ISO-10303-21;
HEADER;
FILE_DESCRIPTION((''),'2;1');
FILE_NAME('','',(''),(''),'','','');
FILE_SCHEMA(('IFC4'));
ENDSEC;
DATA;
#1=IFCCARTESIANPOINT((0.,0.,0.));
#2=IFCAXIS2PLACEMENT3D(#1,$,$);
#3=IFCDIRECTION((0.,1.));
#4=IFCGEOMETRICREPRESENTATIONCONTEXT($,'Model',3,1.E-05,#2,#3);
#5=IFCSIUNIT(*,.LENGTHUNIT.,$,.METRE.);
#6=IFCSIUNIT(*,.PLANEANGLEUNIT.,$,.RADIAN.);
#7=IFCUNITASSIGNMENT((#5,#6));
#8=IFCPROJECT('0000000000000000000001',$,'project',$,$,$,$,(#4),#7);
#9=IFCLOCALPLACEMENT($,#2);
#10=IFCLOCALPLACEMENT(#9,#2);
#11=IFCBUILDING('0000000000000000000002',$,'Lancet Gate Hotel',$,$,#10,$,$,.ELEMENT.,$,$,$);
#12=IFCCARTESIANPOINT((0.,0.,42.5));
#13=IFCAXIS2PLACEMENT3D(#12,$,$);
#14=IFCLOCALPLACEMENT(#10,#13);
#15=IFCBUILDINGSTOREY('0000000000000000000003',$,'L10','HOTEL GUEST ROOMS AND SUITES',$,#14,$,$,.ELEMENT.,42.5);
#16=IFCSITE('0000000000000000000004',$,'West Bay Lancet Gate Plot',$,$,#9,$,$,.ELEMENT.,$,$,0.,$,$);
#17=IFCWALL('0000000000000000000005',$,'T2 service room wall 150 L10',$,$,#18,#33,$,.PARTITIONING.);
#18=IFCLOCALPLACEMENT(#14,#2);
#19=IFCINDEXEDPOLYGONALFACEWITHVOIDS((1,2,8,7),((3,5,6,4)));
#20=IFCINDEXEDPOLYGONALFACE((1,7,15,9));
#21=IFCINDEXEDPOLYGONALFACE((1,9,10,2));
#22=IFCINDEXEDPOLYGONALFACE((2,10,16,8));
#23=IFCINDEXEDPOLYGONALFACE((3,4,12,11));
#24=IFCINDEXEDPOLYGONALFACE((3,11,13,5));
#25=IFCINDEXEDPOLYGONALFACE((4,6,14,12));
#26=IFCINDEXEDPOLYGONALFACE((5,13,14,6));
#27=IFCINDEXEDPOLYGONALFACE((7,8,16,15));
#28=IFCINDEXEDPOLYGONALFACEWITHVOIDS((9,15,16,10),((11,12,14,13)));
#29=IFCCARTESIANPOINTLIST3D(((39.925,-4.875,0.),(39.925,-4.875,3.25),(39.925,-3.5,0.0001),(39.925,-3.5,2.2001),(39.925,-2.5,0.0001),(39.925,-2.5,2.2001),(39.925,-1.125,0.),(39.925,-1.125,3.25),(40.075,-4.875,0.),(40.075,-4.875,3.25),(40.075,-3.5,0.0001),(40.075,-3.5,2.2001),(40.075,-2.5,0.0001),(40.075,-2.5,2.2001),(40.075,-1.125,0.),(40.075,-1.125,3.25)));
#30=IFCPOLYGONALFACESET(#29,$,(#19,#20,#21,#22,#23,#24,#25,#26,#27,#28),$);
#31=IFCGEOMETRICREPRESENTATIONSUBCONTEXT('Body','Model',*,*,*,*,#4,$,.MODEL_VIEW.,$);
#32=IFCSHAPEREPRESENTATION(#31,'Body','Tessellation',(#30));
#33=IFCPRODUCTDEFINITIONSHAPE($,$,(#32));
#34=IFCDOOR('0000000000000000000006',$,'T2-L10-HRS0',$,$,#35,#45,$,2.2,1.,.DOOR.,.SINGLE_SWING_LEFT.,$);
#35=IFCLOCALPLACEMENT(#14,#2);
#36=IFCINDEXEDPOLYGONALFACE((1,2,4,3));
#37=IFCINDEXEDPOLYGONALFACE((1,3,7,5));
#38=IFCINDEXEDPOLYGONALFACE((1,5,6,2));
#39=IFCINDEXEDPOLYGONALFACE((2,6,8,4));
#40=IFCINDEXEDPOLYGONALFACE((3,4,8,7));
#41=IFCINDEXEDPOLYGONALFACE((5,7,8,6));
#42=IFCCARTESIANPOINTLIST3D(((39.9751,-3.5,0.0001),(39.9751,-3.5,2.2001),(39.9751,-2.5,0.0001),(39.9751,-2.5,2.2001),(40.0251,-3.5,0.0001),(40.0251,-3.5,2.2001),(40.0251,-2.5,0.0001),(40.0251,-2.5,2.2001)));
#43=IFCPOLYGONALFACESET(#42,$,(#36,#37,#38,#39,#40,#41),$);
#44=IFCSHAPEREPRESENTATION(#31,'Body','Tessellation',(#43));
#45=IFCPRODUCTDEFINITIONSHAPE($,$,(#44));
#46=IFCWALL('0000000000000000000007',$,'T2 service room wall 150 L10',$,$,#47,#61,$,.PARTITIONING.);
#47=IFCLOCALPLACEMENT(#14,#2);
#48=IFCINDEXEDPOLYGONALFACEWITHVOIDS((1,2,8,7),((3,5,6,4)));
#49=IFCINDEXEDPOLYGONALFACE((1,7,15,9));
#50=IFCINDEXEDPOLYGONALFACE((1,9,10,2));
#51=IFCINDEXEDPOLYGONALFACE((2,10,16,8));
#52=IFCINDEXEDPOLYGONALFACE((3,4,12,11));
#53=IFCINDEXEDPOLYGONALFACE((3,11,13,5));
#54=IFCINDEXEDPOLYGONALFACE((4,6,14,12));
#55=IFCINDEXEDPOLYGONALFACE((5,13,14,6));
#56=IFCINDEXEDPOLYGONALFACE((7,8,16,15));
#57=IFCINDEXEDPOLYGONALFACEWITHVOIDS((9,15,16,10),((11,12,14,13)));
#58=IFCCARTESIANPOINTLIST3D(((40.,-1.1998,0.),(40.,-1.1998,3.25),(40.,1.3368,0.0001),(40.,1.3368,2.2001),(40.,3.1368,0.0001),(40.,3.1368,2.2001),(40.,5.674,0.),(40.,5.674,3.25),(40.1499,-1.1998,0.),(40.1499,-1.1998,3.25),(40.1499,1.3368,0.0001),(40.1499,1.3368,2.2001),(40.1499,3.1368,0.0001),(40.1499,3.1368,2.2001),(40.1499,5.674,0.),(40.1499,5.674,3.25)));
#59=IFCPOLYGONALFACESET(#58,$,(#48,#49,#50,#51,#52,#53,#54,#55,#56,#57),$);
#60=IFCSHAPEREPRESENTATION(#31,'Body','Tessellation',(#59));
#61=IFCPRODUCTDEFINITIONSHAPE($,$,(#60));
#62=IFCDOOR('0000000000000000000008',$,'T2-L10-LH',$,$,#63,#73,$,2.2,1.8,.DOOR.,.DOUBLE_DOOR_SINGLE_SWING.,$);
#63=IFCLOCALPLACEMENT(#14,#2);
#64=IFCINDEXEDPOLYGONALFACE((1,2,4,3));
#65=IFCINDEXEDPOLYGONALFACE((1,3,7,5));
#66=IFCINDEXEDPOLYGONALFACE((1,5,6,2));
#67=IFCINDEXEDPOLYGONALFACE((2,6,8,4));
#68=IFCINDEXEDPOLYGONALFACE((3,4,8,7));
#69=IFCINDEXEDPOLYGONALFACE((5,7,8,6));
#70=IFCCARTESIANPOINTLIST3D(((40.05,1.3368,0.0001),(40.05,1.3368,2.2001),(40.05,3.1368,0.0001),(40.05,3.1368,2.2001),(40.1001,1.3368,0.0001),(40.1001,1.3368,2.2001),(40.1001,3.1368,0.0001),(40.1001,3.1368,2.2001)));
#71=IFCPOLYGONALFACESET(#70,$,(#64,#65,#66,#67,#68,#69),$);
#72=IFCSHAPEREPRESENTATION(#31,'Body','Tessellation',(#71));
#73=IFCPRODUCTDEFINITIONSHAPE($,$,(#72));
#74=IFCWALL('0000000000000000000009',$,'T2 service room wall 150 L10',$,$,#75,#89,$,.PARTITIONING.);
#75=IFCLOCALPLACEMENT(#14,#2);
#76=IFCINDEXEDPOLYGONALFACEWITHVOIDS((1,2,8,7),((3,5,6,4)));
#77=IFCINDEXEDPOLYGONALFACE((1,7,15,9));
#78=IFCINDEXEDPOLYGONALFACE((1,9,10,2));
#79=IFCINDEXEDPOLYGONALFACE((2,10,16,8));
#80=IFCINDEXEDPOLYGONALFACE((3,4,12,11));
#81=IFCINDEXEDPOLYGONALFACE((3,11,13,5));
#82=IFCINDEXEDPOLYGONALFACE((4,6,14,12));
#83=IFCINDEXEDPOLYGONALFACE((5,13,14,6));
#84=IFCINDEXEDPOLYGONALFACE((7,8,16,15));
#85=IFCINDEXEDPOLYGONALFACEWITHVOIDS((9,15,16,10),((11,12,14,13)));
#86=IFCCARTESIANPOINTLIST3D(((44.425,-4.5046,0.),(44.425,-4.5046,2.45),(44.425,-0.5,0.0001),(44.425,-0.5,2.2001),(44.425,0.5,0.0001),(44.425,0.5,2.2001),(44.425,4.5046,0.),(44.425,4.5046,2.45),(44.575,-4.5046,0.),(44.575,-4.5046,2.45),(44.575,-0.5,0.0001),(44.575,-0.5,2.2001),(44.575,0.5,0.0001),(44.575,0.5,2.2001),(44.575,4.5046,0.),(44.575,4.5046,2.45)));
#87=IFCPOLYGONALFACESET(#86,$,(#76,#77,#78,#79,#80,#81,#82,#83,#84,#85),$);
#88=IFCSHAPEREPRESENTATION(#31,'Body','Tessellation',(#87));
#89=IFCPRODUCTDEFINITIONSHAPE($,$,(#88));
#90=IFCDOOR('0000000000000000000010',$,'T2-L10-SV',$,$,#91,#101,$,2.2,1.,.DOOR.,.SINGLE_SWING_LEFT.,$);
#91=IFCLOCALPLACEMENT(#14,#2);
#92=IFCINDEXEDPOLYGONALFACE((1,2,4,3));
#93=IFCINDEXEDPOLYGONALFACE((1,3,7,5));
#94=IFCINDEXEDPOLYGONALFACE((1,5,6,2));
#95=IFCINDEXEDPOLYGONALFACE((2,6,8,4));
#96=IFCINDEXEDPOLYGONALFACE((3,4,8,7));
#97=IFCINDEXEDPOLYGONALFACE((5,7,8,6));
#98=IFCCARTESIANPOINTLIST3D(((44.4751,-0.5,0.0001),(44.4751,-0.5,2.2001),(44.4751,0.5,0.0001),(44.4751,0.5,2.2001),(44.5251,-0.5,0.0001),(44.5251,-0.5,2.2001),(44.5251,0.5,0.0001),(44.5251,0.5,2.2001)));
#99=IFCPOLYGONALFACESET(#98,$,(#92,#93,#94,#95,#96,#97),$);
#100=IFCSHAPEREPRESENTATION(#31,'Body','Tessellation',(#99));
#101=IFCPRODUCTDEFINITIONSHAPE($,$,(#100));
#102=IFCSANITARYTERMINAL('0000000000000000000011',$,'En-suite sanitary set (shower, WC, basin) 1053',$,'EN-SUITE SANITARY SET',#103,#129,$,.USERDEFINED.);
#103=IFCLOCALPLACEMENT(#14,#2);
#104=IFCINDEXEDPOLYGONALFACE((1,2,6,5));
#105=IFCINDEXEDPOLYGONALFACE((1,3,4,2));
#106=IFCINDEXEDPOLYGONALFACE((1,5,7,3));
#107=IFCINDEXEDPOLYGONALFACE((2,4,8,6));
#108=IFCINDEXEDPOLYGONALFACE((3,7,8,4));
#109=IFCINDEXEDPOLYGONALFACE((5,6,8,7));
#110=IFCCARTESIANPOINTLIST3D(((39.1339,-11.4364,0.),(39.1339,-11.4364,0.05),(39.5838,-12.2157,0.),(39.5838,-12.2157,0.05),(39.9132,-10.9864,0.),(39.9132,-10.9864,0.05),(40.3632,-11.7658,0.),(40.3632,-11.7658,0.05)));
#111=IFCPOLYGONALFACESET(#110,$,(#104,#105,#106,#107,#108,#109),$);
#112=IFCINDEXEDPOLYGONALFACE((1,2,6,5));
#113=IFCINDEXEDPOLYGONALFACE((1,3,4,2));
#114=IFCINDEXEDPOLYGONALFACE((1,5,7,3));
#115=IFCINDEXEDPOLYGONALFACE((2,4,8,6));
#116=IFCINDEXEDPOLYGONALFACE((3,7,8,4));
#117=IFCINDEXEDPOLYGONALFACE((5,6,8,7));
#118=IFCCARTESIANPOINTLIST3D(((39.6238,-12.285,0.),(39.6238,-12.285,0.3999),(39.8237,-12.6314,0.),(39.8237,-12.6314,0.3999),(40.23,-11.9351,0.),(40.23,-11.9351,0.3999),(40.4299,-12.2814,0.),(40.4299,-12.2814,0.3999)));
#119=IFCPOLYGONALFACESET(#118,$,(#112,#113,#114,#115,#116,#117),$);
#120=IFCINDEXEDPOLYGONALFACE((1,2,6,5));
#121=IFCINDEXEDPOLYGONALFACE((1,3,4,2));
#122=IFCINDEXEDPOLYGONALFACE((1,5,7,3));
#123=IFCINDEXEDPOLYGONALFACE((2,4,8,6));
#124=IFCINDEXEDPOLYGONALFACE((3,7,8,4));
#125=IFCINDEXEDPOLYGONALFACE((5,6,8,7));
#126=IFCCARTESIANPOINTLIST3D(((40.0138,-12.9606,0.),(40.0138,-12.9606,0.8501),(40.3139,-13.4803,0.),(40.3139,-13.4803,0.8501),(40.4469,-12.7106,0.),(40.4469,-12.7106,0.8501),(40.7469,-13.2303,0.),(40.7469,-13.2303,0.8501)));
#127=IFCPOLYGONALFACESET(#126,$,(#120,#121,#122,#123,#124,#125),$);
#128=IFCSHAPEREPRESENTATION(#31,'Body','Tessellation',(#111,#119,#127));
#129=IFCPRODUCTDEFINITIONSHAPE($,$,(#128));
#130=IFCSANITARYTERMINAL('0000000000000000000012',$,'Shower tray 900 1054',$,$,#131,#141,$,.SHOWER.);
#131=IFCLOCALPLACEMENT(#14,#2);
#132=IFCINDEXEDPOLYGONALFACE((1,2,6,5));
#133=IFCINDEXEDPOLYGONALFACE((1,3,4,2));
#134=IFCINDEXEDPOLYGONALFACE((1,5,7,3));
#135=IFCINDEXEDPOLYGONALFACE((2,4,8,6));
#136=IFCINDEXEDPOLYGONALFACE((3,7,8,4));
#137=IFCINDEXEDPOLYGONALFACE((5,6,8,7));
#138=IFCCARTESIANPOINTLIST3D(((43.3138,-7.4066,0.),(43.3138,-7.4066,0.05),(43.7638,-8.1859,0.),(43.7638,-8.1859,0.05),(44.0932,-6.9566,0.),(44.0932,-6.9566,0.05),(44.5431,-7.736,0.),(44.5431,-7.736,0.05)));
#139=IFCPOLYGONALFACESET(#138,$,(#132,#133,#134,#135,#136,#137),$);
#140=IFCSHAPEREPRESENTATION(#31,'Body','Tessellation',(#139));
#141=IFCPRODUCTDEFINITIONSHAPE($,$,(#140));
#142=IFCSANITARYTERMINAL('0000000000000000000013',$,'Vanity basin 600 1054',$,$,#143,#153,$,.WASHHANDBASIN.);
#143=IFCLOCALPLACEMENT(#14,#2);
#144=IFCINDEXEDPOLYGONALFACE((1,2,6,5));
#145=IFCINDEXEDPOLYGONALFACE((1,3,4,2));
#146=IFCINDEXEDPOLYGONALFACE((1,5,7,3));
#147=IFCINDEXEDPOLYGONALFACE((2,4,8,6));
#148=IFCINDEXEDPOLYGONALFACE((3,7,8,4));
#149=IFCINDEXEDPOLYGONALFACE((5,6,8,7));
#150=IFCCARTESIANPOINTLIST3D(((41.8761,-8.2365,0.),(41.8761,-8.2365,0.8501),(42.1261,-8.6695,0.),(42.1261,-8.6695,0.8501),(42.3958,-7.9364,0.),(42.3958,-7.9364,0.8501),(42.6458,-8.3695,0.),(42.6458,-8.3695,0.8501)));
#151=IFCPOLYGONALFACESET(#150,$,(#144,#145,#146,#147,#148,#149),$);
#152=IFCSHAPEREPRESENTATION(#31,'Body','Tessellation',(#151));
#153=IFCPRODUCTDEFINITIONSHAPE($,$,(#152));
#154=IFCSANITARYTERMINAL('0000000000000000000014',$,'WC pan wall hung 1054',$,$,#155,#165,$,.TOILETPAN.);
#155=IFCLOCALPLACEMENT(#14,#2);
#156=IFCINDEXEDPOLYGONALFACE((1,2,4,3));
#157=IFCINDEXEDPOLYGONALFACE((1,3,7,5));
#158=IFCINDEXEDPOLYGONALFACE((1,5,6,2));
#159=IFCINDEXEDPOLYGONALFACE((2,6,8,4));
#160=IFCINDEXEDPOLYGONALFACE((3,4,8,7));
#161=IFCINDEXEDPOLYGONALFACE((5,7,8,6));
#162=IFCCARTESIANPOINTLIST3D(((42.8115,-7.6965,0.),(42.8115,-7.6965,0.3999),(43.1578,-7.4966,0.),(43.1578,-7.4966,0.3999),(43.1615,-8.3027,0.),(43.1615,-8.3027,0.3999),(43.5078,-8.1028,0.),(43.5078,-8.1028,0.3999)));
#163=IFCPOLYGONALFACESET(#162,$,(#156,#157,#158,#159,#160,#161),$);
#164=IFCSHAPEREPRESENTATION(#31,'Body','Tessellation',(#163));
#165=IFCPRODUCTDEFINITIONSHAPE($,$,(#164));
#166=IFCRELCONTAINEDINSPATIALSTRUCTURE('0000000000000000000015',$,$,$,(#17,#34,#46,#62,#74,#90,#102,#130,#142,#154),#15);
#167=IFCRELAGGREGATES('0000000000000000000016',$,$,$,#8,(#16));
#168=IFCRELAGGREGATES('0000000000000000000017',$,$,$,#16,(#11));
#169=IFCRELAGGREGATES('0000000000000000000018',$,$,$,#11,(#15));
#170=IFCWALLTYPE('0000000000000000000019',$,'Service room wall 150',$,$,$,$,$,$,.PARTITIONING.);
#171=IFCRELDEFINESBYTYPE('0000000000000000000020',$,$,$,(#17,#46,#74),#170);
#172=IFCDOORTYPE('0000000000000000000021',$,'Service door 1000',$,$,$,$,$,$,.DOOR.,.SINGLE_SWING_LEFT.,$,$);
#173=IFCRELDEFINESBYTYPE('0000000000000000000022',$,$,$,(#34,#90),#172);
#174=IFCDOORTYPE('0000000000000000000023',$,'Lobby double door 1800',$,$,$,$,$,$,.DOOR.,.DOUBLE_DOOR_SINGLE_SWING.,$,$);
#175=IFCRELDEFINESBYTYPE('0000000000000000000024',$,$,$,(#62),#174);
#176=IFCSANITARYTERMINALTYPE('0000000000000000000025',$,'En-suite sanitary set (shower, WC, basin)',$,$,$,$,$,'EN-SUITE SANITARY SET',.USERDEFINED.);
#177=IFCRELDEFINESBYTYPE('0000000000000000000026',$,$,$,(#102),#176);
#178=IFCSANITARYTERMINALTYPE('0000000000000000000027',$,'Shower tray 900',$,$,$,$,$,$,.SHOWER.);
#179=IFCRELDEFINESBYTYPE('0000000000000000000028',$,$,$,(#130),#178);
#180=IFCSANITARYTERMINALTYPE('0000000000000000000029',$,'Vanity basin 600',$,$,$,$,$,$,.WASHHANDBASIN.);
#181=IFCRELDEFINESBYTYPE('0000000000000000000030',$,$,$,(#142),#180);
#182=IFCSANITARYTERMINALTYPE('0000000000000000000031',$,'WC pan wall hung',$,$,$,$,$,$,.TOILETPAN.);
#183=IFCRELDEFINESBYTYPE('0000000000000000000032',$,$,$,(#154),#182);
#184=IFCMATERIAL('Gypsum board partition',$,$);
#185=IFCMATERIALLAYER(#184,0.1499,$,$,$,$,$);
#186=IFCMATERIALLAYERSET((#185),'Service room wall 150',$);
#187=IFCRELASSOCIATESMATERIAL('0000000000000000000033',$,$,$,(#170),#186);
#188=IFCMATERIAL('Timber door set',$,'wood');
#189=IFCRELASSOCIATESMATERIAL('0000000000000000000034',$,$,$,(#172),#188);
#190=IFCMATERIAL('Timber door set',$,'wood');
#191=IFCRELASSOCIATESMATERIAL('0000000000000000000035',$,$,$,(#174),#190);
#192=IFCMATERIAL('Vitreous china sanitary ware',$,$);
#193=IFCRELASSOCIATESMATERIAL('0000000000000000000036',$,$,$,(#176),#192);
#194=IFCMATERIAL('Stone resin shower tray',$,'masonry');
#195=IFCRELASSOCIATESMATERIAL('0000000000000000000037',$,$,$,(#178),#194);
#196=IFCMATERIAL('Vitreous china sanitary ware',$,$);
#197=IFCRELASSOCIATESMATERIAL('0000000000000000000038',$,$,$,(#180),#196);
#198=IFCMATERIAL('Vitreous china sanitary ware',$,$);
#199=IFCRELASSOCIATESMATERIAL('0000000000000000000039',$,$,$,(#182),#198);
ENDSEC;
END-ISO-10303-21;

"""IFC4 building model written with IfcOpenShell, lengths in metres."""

from ifc_helpers import new_model, si_unit, direction, frame, frame_2d, origin, origin_2d, place, context, subcontext, project, spatial, rectangle, extrude, material, layer, layer_set, type_object, element, fill, save


model = new_model("IFC4")

# Units and contexts
model_context = context("Model", 3, precision=1e-05, world=origin(), true_north=direction((0.0, 1.0)))
body_context = subcontext(model_context, "Body", "Model", "MODEL_VIEW")
ifc_project = project(units=[si_unit("LENGTHUNIT", "METRE"), si_unit("PLANEANGLEUNIT", "RADIAN")], contexts=[model_context])

# Site, building, storey
site_placement = place(None, origin())
site = spatial("IfcSite", under=ifc_project, at=site_placement, Name="West Bay Lancet Gate Plot", CompositionType="ELEMENT", RefElevation=0.0)
building_placement = place(site_placement, origin())
building = spatial("IfcBuilding", under=site, at=building_placement, Name="Lancet Gate Hotel", CompositionType="ELEMENT")
storey_placement = place(building_placement, frame((0.0, 0.0, 42.5)))
storey = spatial("IfcBuildingStorey", under=building, at=storey_placement, Name="L10", Description="HOTEL GUEST ROOMS AND SUITES", CompositionType="ELEMENT", Elevation=42.5)

# Walls, openings, doors
ifc_material_1 = material(Name="Gypsum board partition")
ifc_layer_1 = layer(ifc_material_1, 0.1499)
ifc_layer_set_1 = layer_set([ifc_layer_1], Name="Service room wall 150")
wall_type_1 = type_object("IfcWallType", Name="Service room wall 150", PredefinedType="PARTITIONING", material=ifc_layer_set_1)
wall_1_placement = place(storey_placement, frame((40.0, -4.875, 0.0), z_axis=(0.0, 0.0, 1.0), x_axis=(0.0, 1.0, 0.0)))
wall_1 = element("IfcWall", 1, at=wall_1_placement, inside=storey, type_object=wall_type_1, Name="T2 service room wall 150 L10", PredefinedType="PARTITIONING", context=body_context, shape_type="SweptSolid", body=[
    extrude(rectangle(XDim=3.75, YDim=0.1499, at=frame_2d((1.875, 0.0))), origin(), (0.0, 0.0, 1.0), 3.25),
])
opening_1_placement = place(wall_1_placement, frame((1.375, 0.0, 0.0)))
opening_1 = element("IfcOpeningElement", 2, at=opening_1_placement, cuts=wall_1, PredefinedType="OPENING", context=body_context, shape_type="SweptSolid", body=[
    extrude(rectangle(XDim=1.0, YDim=2.2, at=frame_2d((0.5, 1.1001))), frame((0.0, 0.085, 0.0), z_axis=(0.0, -1.0, 0.0), x_axis=(1.0, 0.0, 0.0)), (0.0, 0.0, 1.0), 0.1699),
])
ifc_material_2 = material(Name="Timber door set", Category="wood")
door_type_1 = type_object("IfcDoorType", Name="Service door 1000", OperationType="SINGLE_SWING_LEFT", PredefinedType="DOOR", material=ifc_material_2)
door_1_placement = place(opening_1_placement, origin())
door_1 = element("IfcDoor", 3, at=door_1_placement, inside=storey, type_object=door_type_1, Name="T2-L10-HRS0", OperationType="SINGLE_SWING_LEFT", OverallHeight=2.2, OverallWidth=1.0, PredefinedType="DOOR", context=body_context, shape_type="SweptSolid", body=[
    extrude(rectangle(XDim=1.0, YDim=2.2, at=frame_2d((0.5, 1.1001))), frame((0.0, 0.0249, 0.0), z_axis=(0.0, -1.0, 0.0), x_axis=(1.0, 0.0, 0.0)), (0.0, 0.0, 1.0), 0.05),
])
fill(opening_1, door_1)
wall_2_placement = place(storey_placement, frame((40.075, -1.2, 0.0), z_axis=(0.0, 0.0, 1.0), x_axis=(0.0, 1.0, 0.0)))
wall_2 = element("IfcWall", 4, at=wall_2_placement, inside=storey, type_object=wall_type_1, Name="T2 service room wall 150 L10", PredefinedType="PARTITIONING", context=body_context, shape_type="SweptSolid", body=[
    extrude(rectangle(XDim=6.8738, YDim=0.1499, at=frame_2d((3.437, 0.0))), origin(), (0.0, 0.0, 1.0), 3.25),
])
opening_2_placement = place(wall_2_placement, frame((2.5369, 0.0, 0.0)))
opening_2 = element("IfcOpeningElement", 5, at=opening_2_placement, cuts=wall_2, PredefinedType="OPENING", context=body_context, shape_type="SweptSolid", body=[
    extrude(rectangle(XDim=1.8, YDim=2.2, at=frame_2d((0.8999, 1.1001))), frame((0.0, 0.085, 0.0), z_axis=(0.0, -1.0, 0.0), x_axis=(1.0, 0.0, 0.0)), (0.0, 0.0, 1.0), 0.1699),
])
ifc_material_3 = material(Name="Timber door set", Category="wood")
door_type_2 = type_object("IfcDoorType", Name="Lobby double door 1800", OperationType="DOUBLE_DOOR_SINGLE_SWING", PredefinedType="DOOR", material=ifc_material_3)
door_2_placement = place(opening_2_placement, origin())
door_2 = element("IfcDoor", 6, at=door_2_placement, inside=storey, type_object=door_type_2, Name="T2-L10-LH", OperationType="DOUBLE_DOOR_SINGLE_SWING", OverallHeight=2.2, OverallWidth=1.8, PredefinedType="DOOR", context=body_context, shape_type="SweptSolid", body=[
    extrude(rectangle(XDim=1.8, YDim=2.2, at=frame_2d((0.8999, 1.1001))), frame((0.0, 0.0249, 0.0), z_axis=(0.0, -1.0, 0.0), x_axis=(1.0, 0.0, 0.0)), (0.0, 0.0, 1.0), 0.05),
])
fill(opening_2, door_2)
wall_3_placement = place(storey_placement, frame((44.5, -4.5046, 0.0), z_axis=(0.0, 0.0, 1.0), x_axis=(0.0, 1.0, 0.0)))
wall_3 = element("IfcWall", 7, at=wall_3_placement, inside=storey, type_object=wall_type_1, Name="T2 service room wall 150 L10", PredefinedType="PARTITIONING", context=body_context, shape_type="SweptSolid", body=[
    extrude(rectangle(XDim=9.0093, YDim=0.1499, at=frame_2d((4.5046, 0.0))), origin(), (0.0, 0.0, 1.0), 2.45),
])
opening_3_placement = place(wall_3_placement, frame((4.0046, 0.0, 0.0)))
opening_3 = element("IfcOpeningElement", 8, at=opening_3_placement, cuts=wall_3, PredefinedType="OPENING", context=body_context, shape_type="SweptSolid", body=[
    extrude(rectangle(XDim=1.0, YDim=2.2, at=frame_2d((0.5, 1.1001))), frame((0.0, 0.085, 0.0), z_axis=(0.0, -1.0, 0.0), x_axis=(1.0, 0.0, 0.0)), (0.0, 0.0, 1.0), 0.1699),
])
door_3_placement = place(opening_3_placement, origin())
door_3 = element("IfcDoor", 9, at=door_3_placement, inside=storey, type_object=door_type_1, Name="T2-L10-SV", OperationType="SINGLE_SWING_LEFT", OverallHeight=2.2, OverallWidth=1.0, PredefinedType="DOOR", context=body_context, shape_type="SweptSolid", body=[
    extrude(rectangle(XDim=1.0, YDim=2.2, at=frame_2d((0.5, 1.1001))), frame((0.0, 0.0249, 0.0), z_axis=(0.0, -1.0, 0.0), x_axis=(1.0, 0.0, 0.0)), (0.0, 0.0, 1.0), 0.05),
])
fill(opening_3, door_3)

# Sanitary terminals
ifc_material_4 = material(Name="Vitreous china sanitary ware")
sanitary_terminal_type_1 = type_object("IfcSanitaryTerminalType", Name="En-suite sanitary set (shower, WC, basin)", ElementType="EN-SUITE SANITARY SET", PredefinedType="USERDEFINED", material=ifc_material_4)
sanitary_terminal_1_placement = place(storey_placement, frame((39.7485, -11.6011, 0.0), z_axis=(0.0, 0.0, 1.0), x_axis=(1.0, 0.0, 0.0)))
element("IfcSanitaryTerminal", 10, at=sanitary_terminal_1_placement, inside=storey, type_object=sanitary_terminal_type_1, Name="En-suite sanitary set (shower, WC, basin) 1053", ObjectType="EN-SUITE SANITARY SET", PredefinedType="USERDEFINED", context=body_context, shape_type="SweptSolid", body=[
    extrude(rectangle(XDim=0.8999, YDim=0.8999, at=origin_2d()), frame((0.0, 0.0, 0.0), z_axis=(0.0, 0.0, 1.0), x_axis=(-0.5, 0.866025, 0.0)), (0.0, 0.0, 1.0), 0.05),
    extrude(rectangle(XDim=0.3999, YDim=0.7, at=origin_2d()), frame((0.2783, -0.6821, 0.0), z_axis=(0.0, 0.0, 1.0), x_axis=(-0.5, 0.866025, 0.0)), (0.0, 0.0, 1.0), 0.3999),
    extrude(rectangle(XDim=0.6001, YDim=0.5, at=origin_2d()), frame((0.6318, -1.4944, 0.0), z_axis=(0.0, 0.0, 1.0), x_axis=(-0.5, 0.866025, 0.0)), (0.0, 0.0, 1.0), 0.8501),
])
ifc_material_5 = material(Name="Stone resin shower tray", Category="masonry")
sanitary_terminal_type_2 = type_object("IfcSanitaryTerminalType", Name="Shower tray 900", PredefinedType="SHOWER", material=ifc_material_5)
sanitary_terminal_2_placement = place(storey_placement, frame((43.9285, -7.5713, 0.0), z_axis=(0.0, 0.0, 1.0), x_axis=(0.866025, 0.5, 0.0)))
element("IfcSanitaryTerminal", 11, at=sanitary_terminal_2_placement, inside=storey, type_object=sanitary_terminal_type_2, Name="Shower tray 900 1054", PredefinedType="SHOWER", context=body_context, shape_type="SweptSolid", body=[
    extrude(rectangle(XDim=0.8999, YDim=0.8999, at=origin_2d()), origin(), (0.0, 0.0, 1.0), 0.05),
])
ifc_material_6 = material(Name="Vitreous china sanitary ware")
sanitary_terminal_type_3 = type_object("IfcSanitaryTerminalType", Name="Vanity basin 600", PredefinedType="WASHHANDBASIN", material=ifc_material_6)
sanitary_terminal_3_placement = place(storey_placement, frame((42.261, -8.303, 0.0), z_axis=(0.0, 0.0, 1.0), x_axis=(0.866025, 0.5, 0.0)))
element("IfcSanitaryTerminal", 12, at=sanitary_terminal_3_placement, inside=storey, type_object=sanitary_terminal_type_3, Name="Vanity basin 600 1054", PredefinedType="WASHHANDBASIN", context=body_context, shape_type="SweptSolid", body=[
    extrude(rectangle(XDim=0.6001, YDim=0.5, at=origin_2d()), origin(), (0.0, 0.0, 1.0), 0.8501),
])
ifc_material_7 = material(Name="Vitreous china sanitary ware")
sanitary_terminal_type_4 = type_object("IfcSanitaryTerminalType", Name="WC pan wall hung", PredefinedType="TOILETPAN", material=ifc_material_7)
sanitary_terminal_4_placement = place(storey_placement, frame((43.1597, -7.8997, 0.0), z_axis=(0.0, 0.0, 1.0), x_axis=(0.866025, 0.5, 0.0)))
element("IfcSanitaryTerminal", 13, at=sanitary_terminal_4_placement, inside=storey, type_object=sanitary_terminal_type_4, Name="WC pan wall hung 1054", PredefinedType="TOILETPAN", context=body_context, shape_type="SweptSolid", body=[
    extrude(rectangle(XDim=0.3999, YDim=0.7, at=origin_2d()), origin(), (0.0, 0.0, 1.0), 0.3999),
])

save(model, "model.ifc")
